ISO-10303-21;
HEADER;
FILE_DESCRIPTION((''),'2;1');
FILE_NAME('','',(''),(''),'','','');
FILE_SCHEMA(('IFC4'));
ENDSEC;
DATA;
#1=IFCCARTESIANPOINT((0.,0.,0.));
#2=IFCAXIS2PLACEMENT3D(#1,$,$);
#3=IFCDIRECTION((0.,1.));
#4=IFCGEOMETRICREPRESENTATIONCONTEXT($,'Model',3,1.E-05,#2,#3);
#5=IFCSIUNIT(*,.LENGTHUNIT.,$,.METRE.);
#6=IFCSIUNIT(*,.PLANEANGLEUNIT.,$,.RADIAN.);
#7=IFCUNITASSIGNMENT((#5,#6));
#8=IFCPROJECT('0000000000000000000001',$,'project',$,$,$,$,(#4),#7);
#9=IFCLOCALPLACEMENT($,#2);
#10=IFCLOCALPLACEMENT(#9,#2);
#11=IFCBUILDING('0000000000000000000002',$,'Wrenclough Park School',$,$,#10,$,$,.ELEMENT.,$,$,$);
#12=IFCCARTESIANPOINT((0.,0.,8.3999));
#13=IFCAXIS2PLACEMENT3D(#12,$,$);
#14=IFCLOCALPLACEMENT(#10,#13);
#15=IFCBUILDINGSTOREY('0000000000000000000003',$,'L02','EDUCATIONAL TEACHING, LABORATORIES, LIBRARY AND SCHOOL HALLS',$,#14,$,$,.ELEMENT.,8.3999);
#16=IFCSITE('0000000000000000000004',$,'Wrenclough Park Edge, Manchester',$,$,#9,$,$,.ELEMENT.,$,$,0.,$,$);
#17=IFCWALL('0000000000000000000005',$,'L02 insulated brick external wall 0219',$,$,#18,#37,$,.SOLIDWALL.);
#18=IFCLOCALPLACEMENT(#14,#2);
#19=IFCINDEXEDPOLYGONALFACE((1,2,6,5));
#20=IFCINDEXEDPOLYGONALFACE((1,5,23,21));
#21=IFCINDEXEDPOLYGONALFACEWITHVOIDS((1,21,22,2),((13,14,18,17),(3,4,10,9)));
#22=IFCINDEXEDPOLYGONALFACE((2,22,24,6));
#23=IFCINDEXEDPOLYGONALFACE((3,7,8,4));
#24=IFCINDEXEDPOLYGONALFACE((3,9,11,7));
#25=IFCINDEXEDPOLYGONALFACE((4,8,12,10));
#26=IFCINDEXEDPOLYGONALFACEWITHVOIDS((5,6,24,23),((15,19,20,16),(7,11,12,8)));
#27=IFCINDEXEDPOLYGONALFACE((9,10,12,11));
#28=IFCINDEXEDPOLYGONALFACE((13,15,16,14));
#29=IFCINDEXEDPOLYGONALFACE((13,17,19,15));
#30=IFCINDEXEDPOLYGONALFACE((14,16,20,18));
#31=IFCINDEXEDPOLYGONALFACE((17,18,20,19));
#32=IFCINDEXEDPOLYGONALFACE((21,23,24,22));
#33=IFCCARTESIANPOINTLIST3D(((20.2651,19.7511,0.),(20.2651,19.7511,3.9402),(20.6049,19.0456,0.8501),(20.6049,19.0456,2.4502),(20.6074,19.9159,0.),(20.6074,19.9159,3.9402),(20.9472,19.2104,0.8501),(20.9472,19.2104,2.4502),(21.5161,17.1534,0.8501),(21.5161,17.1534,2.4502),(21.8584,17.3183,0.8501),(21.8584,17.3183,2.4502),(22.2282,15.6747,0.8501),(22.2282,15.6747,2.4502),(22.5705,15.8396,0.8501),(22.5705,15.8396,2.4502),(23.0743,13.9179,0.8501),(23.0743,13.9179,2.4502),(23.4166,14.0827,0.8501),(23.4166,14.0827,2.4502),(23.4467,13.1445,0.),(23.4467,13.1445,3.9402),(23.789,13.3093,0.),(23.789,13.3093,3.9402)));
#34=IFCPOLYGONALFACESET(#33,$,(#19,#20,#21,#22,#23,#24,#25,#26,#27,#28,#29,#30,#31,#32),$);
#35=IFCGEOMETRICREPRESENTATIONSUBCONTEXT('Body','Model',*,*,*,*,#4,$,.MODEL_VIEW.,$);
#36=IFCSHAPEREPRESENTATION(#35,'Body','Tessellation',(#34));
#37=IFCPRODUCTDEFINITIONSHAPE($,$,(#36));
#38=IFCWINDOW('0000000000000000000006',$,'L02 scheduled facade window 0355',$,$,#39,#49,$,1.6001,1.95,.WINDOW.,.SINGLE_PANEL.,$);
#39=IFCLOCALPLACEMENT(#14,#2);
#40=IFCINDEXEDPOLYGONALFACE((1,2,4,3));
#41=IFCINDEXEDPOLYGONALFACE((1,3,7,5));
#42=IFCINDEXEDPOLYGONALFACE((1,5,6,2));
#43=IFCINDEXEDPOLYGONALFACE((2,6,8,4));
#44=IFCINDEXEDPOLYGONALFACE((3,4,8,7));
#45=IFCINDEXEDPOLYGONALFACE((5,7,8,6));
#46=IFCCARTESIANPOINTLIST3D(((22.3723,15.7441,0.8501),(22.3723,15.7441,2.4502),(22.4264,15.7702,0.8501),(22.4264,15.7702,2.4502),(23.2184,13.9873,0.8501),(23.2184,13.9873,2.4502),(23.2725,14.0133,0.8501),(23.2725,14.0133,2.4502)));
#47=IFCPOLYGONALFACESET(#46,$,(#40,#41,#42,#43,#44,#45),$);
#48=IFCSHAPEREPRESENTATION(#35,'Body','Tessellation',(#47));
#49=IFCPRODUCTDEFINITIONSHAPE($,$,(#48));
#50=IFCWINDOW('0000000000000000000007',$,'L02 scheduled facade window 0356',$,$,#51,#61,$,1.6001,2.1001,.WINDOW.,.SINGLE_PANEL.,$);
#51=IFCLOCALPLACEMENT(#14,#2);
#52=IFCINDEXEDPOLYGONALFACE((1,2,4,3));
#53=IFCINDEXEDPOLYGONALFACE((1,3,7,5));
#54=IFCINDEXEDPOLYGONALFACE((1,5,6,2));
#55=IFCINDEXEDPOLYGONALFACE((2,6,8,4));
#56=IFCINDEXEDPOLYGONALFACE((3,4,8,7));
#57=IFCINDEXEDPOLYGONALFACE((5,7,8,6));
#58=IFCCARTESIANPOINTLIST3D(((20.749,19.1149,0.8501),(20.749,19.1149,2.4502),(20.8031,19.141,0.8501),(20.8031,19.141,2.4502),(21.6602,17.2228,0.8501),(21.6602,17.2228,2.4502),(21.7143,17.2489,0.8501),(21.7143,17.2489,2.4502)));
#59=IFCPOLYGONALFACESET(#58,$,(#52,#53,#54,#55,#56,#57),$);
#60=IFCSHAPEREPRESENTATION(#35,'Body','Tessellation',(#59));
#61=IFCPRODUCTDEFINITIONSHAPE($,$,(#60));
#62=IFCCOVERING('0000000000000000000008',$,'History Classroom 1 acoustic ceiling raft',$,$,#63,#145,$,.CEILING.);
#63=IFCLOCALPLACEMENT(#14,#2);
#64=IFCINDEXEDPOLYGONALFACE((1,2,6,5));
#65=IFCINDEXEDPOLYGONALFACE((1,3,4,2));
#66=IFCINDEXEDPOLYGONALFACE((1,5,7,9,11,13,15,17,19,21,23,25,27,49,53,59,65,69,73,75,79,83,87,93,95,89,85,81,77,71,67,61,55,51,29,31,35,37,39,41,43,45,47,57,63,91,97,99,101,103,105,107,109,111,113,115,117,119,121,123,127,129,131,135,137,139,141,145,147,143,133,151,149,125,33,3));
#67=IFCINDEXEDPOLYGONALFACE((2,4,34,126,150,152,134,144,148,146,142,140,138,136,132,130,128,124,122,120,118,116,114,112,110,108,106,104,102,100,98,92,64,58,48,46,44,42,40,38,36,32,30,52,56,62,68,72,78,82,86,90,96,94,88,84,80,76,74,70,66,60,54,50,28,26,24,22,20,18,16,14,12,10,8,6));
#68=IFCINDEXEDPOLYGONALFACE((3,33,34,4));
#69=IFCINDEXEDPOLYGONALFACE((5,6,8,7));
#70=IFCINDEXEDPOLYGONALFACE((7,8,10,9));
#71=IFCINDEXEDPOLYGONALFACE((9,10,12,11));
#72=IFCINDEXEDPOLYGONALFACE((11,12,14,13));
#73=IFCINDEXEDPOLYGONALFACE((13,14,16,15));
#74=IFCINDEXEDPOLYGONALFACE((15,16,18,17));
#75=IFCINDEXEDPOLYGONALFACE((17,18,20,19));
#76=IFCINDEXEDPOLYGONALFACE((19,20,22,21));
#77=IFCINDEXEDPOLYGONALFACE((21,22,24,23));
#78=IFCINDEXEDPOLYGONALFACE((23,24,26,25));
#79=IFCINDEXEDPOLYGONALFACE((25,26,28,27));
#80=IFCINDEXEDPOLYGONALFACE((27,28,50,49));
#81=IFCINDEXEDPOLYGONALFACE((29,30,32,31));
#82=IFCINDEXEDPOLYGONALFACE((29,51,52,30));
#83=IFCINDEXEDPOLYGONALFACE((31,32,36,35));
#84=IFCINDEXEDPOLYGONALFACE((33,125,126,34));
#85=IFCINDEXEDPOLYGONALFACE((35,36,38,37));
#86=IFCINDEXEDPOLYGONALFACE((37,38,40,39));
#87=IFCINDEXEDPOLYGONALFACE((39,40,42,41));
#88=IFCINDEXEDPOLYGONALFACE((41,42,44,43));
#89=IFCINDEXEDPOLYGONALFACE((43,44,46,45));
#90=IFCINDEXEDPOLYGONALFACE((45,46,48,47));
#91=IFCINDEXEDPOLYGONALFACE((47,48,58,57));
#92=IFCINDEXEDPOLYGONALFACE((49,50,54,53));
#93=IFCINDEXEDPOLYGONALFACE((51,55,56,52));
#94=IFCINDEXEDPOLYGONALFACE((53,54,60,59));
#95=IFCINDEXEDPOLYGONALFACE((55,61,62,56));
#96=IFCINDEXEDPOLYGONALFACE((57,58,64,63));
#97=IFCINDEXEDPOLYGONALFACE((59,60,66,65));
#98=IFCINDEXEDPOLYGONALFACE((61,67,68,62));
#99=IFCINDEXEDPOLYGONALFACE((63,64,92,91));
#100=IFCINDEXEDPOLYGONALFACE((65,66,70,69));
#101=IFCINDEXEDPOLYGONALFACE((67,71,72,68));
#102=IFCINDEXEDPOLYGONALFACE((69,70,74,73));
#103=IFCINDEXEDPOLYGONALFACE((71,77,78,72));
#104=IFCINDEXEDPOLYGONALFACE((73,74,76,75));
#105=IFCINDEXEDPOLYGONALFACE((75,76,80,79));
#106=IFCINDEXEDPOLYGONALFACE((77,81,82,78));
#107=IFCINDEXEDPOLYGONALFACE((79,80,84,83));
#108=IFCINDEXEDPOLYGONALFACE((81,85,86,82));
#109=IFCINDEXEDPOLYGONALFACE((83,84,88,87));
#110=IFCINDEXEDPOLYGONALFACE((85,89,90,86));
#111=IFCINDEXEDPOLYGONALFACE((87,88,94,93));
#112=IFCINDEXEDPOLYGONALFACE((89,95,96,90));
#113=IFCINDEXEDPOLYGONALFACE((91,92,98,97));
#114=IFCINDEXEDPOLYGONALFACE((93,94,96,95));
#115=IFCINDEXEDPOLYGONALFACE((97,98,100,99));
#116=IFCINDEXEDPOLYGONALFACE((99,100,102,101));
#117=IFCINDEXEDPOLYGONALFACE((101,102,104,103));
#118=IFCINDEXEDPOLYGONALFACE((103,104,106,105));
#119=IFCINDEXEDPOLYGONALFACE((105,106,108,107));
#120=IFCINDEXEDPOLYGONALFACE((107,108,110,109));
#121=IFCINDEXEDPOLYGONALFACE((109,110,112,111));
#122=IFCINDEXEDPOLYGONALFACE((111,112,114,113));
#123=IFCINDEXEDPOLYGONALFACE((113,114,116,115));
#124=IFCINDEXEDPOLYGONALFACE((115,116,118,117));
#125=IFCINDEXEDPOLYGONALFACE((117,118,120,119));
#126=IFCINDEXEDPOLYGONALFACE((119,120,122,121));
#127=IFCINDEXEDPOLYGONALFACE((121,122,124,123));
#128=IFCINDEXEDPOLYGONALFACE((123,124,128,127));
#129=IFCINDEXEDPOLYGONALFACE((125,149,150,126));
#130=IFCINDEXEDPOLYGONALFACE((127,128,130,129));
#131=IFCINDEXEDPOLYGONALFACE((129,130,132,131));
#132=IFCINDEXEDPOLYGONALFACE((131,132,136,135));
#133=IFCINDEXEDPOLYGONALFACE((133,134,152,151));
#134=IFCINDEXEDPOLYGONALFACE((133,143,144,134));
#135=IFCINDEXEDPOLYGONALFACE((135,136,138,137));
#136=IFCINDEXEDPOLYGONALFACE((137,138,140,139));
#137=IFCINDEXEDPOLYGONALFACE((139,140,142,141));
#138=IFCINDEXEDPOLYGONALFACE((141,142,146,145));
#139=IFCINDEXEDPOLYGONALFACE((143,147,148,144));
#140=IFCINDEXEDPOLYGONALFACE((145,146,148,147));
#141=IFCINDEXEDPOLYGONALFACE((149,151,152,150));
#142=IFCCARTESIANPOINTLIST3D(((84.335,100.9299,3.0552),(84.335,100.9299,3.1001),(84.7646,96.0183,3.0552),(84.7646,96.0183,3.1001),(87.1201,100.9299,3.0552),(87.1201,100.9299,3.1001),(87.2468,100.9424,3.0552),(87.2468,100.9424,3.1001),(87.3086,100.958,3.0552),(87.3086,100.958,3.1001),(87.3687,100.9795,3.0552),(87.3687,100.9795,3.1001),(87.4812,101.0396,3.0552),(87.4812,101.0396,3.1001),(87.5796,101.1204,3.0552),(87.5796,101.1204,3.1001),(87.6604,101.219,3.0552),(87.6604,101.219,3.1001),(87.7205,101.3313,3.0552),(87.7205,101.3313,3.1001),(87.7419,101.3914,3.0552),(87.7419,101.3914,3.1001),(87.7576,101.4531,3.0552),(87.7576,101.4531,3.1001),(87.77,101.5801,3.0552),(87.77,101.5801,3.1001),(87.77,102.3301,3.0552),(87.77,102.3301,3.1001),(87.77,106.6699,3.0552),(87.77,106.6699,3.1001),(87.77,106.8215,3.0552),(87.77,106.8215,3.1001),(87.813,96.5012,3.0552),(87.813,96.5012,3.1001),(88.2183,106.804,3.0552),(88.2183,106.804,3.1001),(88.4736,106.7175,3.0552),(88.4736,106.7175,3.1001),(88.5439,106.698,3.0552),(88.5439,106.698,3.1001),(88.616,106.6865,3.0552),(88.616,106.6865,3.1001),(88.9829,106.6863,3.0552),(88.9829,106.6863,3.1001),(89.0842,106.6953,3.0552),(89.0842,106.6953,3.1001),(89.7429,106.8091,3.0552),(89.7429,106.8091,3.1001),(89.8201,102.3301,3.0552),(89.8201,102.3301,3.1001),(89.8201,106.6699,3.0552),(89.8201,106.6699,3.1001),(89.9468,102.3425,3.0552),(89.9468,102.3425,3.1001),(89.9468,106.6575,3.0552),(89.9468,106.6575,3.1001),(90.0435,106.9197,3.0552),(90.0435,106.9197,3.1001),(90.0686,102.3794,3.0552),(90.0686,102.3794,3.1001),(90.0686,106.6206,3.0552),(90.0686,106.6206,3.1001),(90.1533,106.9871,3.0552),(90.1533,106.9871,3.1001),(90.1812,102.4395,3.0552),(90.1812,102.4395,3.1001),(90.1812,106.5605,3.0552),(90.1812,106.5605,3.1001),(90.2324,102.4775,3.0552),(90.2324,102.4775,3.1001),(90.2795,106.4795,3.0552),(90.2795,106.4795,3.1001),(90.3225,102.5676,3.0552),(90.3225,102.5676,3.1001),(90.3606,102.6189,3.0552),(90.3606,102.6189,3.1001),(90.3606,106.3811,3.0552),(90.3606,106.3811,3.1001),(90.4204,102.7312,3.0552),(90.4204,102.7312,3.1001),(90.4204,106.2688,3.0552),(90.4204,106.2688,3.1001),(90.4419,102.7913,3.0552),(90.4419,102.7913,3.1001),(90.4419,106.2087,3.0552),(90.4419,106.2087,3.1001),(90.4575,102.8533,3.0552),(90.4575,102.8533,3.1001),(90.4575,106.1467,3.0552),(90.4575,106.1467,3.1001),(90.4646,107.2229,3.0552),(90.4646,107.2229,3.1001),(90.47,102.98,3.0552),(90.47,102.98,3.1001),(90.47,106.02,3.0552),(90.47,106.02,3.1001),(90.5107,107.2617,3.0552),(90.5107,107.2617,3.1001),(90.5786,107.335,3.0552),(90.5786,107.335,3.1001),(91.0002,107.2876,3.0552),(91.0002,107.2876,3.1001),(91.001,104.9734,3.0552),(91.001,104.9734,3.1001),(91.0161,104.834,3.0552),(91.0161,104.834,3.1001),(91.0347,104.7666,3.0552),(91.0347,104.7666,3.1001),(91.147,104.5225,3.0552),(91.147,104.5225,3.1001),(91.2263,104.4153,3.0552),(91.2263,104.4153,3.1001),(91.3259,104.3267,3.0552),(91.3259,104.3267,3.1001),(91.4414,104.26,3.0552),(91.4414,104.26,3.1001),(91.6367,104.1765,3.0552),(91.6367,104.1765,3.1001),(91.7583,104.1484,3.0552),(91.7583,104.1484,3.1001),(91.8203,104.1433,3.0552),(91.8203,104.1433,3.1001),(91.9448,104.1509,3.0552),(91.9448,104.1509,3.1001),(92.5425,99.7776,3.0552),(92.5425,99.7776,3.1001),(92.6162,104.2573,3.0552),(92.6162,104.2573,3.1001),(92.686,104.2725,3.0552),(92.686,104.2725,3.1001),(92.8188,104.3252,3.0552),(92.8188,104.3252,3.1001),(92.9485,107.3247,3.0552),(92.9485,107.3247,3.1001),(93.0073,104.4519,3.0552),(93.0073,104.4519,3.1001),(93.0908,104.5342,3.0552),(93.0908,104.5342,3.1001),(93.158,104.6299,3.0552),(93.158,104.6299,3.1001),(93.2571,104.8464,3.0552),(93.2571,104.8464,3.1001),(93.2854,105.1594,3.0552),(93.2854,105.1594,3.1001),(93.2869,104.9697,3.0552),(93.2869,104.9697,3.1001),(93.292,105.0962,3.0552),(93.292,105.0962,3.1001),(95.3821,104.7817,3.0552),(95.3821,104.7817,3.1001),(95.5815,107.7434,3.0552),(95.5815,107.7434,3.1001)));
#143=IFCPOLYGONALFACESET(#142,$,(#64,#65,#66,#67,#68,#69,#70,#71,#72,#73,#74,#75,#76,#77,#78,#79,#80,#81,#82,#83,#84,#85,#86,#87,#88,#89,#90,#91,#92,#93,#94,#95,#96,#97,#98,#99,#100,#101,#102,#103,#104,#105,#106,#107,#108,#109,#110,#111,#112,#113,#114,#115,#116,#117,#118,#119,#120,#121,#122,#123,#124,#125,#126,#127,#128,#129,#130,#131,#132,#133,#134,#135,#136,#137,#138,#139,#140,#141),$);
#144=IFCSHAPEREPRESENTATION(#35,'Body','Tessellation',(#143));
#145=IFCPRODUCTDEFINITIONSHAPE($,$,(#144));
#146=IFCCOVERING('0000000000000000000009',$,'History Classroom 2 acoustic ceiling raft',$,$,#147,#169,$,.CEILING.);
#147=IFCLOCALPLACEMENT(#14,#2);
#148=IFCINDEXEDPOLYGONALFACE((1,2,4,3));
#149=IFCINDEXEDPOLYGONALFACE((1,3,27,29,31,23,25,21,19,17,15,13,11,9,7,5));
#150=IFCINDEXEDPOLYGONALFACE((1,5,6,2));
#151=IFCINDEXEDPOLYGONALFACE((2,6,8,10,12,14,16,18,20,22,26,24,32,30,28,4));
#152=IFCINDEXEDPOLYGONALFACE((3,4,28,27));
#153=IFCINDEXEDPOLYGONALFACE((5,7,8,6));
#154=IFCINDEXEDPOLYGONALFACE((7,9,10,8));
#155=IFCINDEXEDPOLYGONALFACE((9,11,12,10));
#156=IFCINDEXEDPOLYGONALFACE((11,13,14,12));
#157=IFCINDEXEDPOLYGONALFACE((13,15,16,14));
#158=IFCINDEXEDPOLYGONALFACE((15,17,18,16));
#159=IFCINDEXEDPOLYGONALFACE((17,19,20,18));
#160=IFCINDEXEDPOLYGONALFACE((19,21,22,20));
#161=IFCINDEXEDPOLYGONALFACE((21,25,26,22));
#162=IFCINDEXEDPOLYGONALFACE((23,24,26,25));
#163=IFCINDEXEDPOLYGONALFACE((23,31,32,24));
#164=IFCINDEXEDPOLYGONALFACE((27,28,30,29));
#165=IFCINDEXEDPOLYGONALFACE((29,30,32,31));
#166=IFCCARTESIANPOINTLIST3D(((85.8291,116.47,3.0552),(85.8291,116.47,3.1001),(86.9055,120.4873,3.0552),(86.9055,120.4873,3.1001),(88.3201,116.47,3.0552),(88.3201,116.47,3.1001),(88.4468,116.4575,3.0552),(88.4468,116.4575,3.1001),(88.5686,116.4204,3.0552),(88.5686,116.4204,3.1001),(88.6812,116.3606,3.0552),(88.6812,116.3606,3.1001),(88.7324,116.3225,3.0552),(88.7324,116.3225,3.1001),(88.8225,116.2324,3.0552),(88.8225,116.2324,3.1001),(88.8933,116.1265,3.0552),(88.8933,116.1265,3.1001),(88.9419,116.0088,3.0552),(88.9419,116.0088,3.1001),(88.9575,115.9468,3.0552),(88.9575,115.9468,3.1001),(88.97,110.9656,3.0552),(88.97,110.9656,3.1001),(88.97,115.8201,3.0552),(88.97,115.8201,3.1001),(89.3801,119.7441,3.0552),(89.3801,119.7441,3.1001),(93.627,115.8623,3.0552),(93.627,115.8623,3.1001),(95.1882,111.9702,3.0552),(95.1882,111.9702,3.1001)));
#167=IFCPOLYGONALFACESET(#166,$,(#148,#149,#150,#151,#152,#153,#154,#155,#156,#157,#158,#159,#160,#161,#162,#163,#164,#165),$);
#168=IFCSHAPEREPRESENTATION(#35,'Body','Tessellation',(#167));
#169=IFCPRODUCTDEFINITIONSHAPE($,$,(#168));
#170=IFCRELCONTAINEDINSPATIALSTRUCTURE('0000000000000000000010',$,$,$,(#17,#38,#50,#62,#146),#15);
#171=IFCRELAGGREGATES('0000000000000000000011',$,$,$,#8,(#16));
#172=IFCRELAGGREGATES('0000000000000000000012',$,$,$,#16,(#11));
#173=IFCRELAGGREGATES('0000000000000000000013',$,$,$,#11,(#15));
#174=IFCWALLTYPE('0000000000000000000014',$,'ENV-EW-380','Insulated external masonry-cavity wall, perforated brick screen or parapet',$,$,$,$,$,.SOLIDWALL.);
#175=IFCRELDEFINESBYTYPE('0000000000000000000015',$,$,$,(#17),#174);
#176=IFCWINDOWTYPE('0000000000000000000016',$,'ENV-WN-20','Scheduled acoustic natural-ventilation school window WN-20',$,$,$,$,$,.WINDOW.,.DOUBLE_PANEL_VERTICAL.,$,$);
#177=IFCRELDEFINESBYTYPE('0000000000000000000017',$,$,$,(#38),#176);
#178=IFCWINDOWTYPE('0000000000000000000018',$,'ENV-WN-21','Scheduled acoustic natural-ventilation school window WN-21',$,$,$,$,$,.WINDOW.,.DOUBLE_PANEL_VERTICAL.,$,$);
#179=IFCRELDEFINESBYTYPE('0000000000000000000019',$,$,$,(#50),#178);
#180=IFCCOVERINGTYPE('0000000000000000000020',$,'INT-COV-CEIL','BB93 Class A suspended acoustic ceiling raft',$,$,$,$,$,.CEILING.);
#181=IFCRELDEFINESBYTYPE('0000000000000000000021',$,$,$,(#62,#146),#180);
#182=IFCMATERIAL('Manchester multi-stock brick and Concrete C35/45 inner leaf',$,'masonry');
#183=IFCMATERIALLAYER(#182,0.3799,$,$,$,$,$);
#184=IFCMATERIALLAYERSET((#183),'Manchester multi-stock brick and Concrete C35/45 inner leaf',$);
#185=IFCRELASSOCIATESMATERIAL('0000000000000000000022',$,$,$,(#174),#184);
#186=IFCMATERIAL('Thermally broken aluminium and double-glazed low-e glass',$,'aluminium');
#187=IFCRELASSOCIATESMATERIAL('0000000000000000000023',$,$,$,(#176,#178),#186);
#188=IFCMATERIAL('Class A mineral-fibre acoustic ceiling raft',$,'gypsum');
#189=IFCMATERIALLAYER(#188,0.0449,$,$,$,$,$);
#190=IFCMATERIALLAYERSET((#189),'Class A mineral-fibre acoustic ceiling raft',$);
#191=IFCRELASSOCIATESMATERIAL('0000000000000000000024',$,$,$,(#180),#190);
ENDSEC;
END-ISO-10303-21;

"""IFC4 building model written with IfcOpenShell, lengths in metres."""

from ifc_helpers import new_model, si_unit, direction, frame, frame_2d, origin, place, context, subcontext, project, spatial, polyline, rectangle, outline, extrude, material, layer, layer_set, type_object, element, fill, save


model = new_model("IFC4")

# Units and contexts
model_context = context("Model", 3, precision=1e-05, world=origin(), true_north=direction((0.0, 1.0)))
body_context = subcontext(model_context, "Body", "Model", "MODEL_VIEW")
ifc_project = project(units=[si_unit("LENGTHUNIT", "METRE"), si_unit("PLANEANGLEUNIT", "RADIAN")], contexts=[model_context])

# Site, building, storey
site_placement = place(None, origin())
site = spatial("IfcSite", under=ifc_project, at=site_placement, Name="Wrenclough Park Edge, Manchester", CompositionType="ELEMENT", RefElevation=0.0)
building_placement = place(site_placement, origin())
building = spatial("IfcBuilding", under=site, at=building_placement, Name="Wrenclough Park School", CompositionType="ELEMENT")
storey_placement = place(building_placement, frame((0.0, 0.0, 8.3999)))
storey = spatial("IfcBuildingStorey", under=building, at=storey_placement, Name="L02", Description="EDUCATIONAL TEACHING, LABORATORIES, LIBRARY AND SCHOOL HALLS", CompositionType="ELEMENT", Elevation=8.3999)

# Wall, openings, windows
ifc_material_1 = material(Name="Manchester multi-stock brick and Concrete C35/45 inner leaf", Category="masonry")
ifc_layer_1 = layer(ifc_material_1, 0.3799)
ifc_layer_set_1 = layer_set([ifc_layer_1], Name="Manchester multi-stock brick and Concrete C35/45 inner leaf")
wall_type_1 = type_object("IfcWallType", Name="ENV-EW-380", Description="Insulated external masonry-cavity wall, perforated brick screen or parapet", PredefinedType="SOLIDWALL", material=ifc_layer_set_1)
wall_1_placement = place(storey_placement, frame((23.6179, 13.2268, 0.0), z_axis=(0.0, 0.0, 1.0), x_axis=(-0.433887, 0.900967, 0.0)))
wall_1 = element("IfcWall", 1, at=wall_1_placement, inside=storey, type_object=wall_type_1, Name="L02 insulated brick external wall 0219", PredefinedType="SOLIDWALL", context=body_context, shape_type="SweptSolid", body=[
    extrude(rectangle(XDim=7.3328, YDim=0.3799, at=frame_2d((3.6665, 0.0))), origin(), (0.0, 0.0, 1.0), 3.9402),
])
opening_1_placement = place(wall_1_placement, frame((0.8584, 0.0, 0.8501)))
opening_1 = element("IfcOpeningElement", 2, at=opening_1_placement, cuts=wall_1, PredefinedType="OPENING", context=body_context, shape_type="SweptSolid", body=[
    extrude(rectangle(XDim=1.95, YDim=1.6001, at=frame_2d((0.9751, 0.8))), frame((0.0, 0.2, 0.0), z_axis=(0.0, -1.0, 0.0), x_axis=(1.0, 0.0, 0.0)), (0.0, 0.0, 1.0), 0.3999),
])
opening_2_placement = place(wall_1_placement, frame((4.4497, 0.0, 0.8501)))
opening_2 = element("IfcOpeningElement", 3, at=opening_2_placement, cuts=wall_1, PredefinedType="OPENING", context=body_context, shape_type="SweptSolid", body=[
    extrude(rectangle(XDim=2.1001, YDim=1.6001, at=frame_2d((1.05, 0.8))), frame((0.0, 0.2, 0.0), z_axis=(0.0, -1.0, 0.0), x_axis=(1.0, 0.0, 0.0)), (0.0, 0.0, 1.0), 0.3999),
])
ifc_material_2 = material(Name="Thermally broken aluminium and double-glazed low-e glass", Category="aluminium")
window_type_1 = type_object("IfcWindowType", Name="ENV-WN-20", Description="Scheduled acoustic natural-ventilation school window WN-20", PartitioningType="DOUBLE_PANEL_VERTICAL", PredefinedType="WINDOW", material=ifc_material_2)
window_1_placement = place(opening_1_placement, origin())
window_1 = element("IfcWindow", 4, at=window_1_placement, inside=storey, type_object=window_type_1, Name="L02 scheduled facade window 0355", OverallHeight=1.6001, OverallWidth=1.95, PartitioningType="SINGLE_PANEL", PredefinedType="WINDOW", context=body_context, shape_type="SweptSolid", body=[
    extrude(rectangle(XDim=1.95, YDim=1.6001, at=frame_2d((0.9751, 0.8))), frame((0.0, 0.03, 0.0), z_axis=(0.0, -1.0, 0.0), x_axis=(1.0, 0.0, 0.0)), (0.0, 0.0, 1.0), 0.0601),
])
fill(opening_1, window_1)
window_type_2 = type_object("IfcWindowType", Name="ENV-WN-21", Description="Scheduled acoustic natural-ventilation school window WN-21", PartitioningType="DOUBLE_PANEL_VERTICAL", PredefinedType="WINDOW", material=ifc_material_2)
window_2_placement = place(opening_2_placement, origin())
window_2 = element("IfcWindow", 5, at=window_2_placement, inside=storey, type_object=window_type_2, Name="L02 scheduled facade window 0356", OverallHeight=1.6001, OverallWidth=2.1001, PartitioningType="SINGLE_PANEL", PredefinedType="WINDOW", context=body_context, shape_type="SweptSolid", body=[
    extrude(rectangle(XDim=2.1001, YDim=1.6001, at=frame_2d((1.05, 0.8))), frame((0.0, 0.03, 0.0), z_axis=(0.0, -1.0, 0.0), x_axis=(1.0, 0.0, 0.0)), (0.0, 0.0, 1.0), 0.0601),
])
fill(opening_2, window_2)

# Coverings
ifc_material_3 = material(Name="Class A mineral-fibre acoustic ceiling raft", Category="gypsum")
ifc_layer_2 = layer(ifc_material_3, 0.0449)
ifc_layer_set_2 = layer_set([ifc_layer_2], Name="Class A mineral-fibre acoustic ceiling raft")
covering_type_1 = type_object("IfcCoveringType", Name="INT-COV-CEIL", Description="BB93 Class A suspended acoustic ceiling raft", PredefinedType="CEILING", material=ifc_layer_set_2)
covering_1_placement = place(storey_placement, frame((0.0, 0.0, 3.0552)))
element("IfcCovering", 6, at=covering_1_placement, inside=storey, type_object=covering_type_1, Name="History Classroom 1 acoustic ceiling raft", PredefinedType="CEILING", context=body_context, shape_type="SweptSolid", body=[
    extrude(outline(polyline([(87.77, 106.8215), (87.77, 106.6699), (89.8201, 106.6699), (89.9468, 106.6575), (90.0686, 106.6206), (90.1812, 106.5605), (90.2795, 106.4795), (90.3606, 106.3811), (90.4204, 106.2688), (90.4419, 106.2087), (90.4575, 106.1467), (90.47, 106.02), (90.47, 102.98), (90.4575, 102.8533), (90.4419, 102.7913), (90.4204, 102.7312), (90.3606, 102.6189), (90.3225, 102.5676), (90.2324, 102.4775), (90.1812, 102.4395), (90.0686, 102.3794), (89.9468, 102.3425), (89.8201, 102.3301), (87.77, 102.3301), (87.77, 101.5801), (87.7576, 101.4531), (87.7419, 101.3914), (87.7205, 101.3313), (87.6604, 101.219), (87.5796, 101.1204), (87.4812, 101.0396), (87.3687, 100.9795), (87.3086, 100.958), (87.2468, 100.9424), (87.1201, 100.9299), (84.335, 100.9299), (84.7646, 96.0183), (87.813, 96.5012), (92.5425, 99.7776), (95.3821, 104.7817), (95.5815, 107.7434), (92.9485, 107.3247), (93.2854, 105.1594), (93.292, 105.0962), (93.2869, 104.9697), (93.2571, 104.8464), (93.158, 104.6299), (93.0908, 104.5342), (93.0073, 104.4519), (92.8188, 104.3252), (92.686, 104.2725), (92.6162, 104.2573), (91.9448, 104.1509), (91.8203, 104.1433), (91.7583, 104.1484), (91.6367, 104.1765), (91.4414, 104.26), (91.3259, 104.3267), (91.2263, 104.4153), (91.147, 104.5225), (91.0347, 104.7666), (91.0161, 104.834), (91.001, 104.9734), (91.0002, 107.2876), (90.5786, 107.335), (90.5107, 107.2617), (90.4646, 107.2229), (90.1533, 106.9871), (90.0435, 106.9197), (89.7429, 106.8091), (89.0842, 106.6953), (88.9829, 106.6863), (88.616, 106.6865), (88.5439, 106.698), (88.4736, 106.7175), (88.2183, 106.804), (87.77, 106.8215)])), origin(), (0.0, 0.0, 1.0), 0.0449),
])
covering_2_placement = place(storey_placement, frame((0.0, 0.0, 3.0552)))
element("IfcCovering", 7, at=covering_2_placement, inside=storey, type_object=covering_type_1, Name="History Classroom 2 acoustic ceiling raft", PredefinedType="CEILING", context=body_context, shape_type="SweptSolid", body=[
    extrude(outline(polyline([(88.97, 115.8201), (88.97, 110.9656), (95.1882, 111.9702), (93.627, 115.8623), (89.3801, 119.7441), (86.9055, 120.4873), (85.8291, 116.47), (88.3201, 116.47), (88.4468, 116.4575), (88.5686, 116.4204), (88.6812, 116.3606), (88.7324, 116.3225), (88.8225, 116.2324), (88.8933, 116.1265), (88.9419, 116.0088), (88.9575, 115.9468), (88.97, 115.8201)])), origin(), (0.0, 0.0, 1.0), 0.0449),
])

save(model, "model.ifc")
